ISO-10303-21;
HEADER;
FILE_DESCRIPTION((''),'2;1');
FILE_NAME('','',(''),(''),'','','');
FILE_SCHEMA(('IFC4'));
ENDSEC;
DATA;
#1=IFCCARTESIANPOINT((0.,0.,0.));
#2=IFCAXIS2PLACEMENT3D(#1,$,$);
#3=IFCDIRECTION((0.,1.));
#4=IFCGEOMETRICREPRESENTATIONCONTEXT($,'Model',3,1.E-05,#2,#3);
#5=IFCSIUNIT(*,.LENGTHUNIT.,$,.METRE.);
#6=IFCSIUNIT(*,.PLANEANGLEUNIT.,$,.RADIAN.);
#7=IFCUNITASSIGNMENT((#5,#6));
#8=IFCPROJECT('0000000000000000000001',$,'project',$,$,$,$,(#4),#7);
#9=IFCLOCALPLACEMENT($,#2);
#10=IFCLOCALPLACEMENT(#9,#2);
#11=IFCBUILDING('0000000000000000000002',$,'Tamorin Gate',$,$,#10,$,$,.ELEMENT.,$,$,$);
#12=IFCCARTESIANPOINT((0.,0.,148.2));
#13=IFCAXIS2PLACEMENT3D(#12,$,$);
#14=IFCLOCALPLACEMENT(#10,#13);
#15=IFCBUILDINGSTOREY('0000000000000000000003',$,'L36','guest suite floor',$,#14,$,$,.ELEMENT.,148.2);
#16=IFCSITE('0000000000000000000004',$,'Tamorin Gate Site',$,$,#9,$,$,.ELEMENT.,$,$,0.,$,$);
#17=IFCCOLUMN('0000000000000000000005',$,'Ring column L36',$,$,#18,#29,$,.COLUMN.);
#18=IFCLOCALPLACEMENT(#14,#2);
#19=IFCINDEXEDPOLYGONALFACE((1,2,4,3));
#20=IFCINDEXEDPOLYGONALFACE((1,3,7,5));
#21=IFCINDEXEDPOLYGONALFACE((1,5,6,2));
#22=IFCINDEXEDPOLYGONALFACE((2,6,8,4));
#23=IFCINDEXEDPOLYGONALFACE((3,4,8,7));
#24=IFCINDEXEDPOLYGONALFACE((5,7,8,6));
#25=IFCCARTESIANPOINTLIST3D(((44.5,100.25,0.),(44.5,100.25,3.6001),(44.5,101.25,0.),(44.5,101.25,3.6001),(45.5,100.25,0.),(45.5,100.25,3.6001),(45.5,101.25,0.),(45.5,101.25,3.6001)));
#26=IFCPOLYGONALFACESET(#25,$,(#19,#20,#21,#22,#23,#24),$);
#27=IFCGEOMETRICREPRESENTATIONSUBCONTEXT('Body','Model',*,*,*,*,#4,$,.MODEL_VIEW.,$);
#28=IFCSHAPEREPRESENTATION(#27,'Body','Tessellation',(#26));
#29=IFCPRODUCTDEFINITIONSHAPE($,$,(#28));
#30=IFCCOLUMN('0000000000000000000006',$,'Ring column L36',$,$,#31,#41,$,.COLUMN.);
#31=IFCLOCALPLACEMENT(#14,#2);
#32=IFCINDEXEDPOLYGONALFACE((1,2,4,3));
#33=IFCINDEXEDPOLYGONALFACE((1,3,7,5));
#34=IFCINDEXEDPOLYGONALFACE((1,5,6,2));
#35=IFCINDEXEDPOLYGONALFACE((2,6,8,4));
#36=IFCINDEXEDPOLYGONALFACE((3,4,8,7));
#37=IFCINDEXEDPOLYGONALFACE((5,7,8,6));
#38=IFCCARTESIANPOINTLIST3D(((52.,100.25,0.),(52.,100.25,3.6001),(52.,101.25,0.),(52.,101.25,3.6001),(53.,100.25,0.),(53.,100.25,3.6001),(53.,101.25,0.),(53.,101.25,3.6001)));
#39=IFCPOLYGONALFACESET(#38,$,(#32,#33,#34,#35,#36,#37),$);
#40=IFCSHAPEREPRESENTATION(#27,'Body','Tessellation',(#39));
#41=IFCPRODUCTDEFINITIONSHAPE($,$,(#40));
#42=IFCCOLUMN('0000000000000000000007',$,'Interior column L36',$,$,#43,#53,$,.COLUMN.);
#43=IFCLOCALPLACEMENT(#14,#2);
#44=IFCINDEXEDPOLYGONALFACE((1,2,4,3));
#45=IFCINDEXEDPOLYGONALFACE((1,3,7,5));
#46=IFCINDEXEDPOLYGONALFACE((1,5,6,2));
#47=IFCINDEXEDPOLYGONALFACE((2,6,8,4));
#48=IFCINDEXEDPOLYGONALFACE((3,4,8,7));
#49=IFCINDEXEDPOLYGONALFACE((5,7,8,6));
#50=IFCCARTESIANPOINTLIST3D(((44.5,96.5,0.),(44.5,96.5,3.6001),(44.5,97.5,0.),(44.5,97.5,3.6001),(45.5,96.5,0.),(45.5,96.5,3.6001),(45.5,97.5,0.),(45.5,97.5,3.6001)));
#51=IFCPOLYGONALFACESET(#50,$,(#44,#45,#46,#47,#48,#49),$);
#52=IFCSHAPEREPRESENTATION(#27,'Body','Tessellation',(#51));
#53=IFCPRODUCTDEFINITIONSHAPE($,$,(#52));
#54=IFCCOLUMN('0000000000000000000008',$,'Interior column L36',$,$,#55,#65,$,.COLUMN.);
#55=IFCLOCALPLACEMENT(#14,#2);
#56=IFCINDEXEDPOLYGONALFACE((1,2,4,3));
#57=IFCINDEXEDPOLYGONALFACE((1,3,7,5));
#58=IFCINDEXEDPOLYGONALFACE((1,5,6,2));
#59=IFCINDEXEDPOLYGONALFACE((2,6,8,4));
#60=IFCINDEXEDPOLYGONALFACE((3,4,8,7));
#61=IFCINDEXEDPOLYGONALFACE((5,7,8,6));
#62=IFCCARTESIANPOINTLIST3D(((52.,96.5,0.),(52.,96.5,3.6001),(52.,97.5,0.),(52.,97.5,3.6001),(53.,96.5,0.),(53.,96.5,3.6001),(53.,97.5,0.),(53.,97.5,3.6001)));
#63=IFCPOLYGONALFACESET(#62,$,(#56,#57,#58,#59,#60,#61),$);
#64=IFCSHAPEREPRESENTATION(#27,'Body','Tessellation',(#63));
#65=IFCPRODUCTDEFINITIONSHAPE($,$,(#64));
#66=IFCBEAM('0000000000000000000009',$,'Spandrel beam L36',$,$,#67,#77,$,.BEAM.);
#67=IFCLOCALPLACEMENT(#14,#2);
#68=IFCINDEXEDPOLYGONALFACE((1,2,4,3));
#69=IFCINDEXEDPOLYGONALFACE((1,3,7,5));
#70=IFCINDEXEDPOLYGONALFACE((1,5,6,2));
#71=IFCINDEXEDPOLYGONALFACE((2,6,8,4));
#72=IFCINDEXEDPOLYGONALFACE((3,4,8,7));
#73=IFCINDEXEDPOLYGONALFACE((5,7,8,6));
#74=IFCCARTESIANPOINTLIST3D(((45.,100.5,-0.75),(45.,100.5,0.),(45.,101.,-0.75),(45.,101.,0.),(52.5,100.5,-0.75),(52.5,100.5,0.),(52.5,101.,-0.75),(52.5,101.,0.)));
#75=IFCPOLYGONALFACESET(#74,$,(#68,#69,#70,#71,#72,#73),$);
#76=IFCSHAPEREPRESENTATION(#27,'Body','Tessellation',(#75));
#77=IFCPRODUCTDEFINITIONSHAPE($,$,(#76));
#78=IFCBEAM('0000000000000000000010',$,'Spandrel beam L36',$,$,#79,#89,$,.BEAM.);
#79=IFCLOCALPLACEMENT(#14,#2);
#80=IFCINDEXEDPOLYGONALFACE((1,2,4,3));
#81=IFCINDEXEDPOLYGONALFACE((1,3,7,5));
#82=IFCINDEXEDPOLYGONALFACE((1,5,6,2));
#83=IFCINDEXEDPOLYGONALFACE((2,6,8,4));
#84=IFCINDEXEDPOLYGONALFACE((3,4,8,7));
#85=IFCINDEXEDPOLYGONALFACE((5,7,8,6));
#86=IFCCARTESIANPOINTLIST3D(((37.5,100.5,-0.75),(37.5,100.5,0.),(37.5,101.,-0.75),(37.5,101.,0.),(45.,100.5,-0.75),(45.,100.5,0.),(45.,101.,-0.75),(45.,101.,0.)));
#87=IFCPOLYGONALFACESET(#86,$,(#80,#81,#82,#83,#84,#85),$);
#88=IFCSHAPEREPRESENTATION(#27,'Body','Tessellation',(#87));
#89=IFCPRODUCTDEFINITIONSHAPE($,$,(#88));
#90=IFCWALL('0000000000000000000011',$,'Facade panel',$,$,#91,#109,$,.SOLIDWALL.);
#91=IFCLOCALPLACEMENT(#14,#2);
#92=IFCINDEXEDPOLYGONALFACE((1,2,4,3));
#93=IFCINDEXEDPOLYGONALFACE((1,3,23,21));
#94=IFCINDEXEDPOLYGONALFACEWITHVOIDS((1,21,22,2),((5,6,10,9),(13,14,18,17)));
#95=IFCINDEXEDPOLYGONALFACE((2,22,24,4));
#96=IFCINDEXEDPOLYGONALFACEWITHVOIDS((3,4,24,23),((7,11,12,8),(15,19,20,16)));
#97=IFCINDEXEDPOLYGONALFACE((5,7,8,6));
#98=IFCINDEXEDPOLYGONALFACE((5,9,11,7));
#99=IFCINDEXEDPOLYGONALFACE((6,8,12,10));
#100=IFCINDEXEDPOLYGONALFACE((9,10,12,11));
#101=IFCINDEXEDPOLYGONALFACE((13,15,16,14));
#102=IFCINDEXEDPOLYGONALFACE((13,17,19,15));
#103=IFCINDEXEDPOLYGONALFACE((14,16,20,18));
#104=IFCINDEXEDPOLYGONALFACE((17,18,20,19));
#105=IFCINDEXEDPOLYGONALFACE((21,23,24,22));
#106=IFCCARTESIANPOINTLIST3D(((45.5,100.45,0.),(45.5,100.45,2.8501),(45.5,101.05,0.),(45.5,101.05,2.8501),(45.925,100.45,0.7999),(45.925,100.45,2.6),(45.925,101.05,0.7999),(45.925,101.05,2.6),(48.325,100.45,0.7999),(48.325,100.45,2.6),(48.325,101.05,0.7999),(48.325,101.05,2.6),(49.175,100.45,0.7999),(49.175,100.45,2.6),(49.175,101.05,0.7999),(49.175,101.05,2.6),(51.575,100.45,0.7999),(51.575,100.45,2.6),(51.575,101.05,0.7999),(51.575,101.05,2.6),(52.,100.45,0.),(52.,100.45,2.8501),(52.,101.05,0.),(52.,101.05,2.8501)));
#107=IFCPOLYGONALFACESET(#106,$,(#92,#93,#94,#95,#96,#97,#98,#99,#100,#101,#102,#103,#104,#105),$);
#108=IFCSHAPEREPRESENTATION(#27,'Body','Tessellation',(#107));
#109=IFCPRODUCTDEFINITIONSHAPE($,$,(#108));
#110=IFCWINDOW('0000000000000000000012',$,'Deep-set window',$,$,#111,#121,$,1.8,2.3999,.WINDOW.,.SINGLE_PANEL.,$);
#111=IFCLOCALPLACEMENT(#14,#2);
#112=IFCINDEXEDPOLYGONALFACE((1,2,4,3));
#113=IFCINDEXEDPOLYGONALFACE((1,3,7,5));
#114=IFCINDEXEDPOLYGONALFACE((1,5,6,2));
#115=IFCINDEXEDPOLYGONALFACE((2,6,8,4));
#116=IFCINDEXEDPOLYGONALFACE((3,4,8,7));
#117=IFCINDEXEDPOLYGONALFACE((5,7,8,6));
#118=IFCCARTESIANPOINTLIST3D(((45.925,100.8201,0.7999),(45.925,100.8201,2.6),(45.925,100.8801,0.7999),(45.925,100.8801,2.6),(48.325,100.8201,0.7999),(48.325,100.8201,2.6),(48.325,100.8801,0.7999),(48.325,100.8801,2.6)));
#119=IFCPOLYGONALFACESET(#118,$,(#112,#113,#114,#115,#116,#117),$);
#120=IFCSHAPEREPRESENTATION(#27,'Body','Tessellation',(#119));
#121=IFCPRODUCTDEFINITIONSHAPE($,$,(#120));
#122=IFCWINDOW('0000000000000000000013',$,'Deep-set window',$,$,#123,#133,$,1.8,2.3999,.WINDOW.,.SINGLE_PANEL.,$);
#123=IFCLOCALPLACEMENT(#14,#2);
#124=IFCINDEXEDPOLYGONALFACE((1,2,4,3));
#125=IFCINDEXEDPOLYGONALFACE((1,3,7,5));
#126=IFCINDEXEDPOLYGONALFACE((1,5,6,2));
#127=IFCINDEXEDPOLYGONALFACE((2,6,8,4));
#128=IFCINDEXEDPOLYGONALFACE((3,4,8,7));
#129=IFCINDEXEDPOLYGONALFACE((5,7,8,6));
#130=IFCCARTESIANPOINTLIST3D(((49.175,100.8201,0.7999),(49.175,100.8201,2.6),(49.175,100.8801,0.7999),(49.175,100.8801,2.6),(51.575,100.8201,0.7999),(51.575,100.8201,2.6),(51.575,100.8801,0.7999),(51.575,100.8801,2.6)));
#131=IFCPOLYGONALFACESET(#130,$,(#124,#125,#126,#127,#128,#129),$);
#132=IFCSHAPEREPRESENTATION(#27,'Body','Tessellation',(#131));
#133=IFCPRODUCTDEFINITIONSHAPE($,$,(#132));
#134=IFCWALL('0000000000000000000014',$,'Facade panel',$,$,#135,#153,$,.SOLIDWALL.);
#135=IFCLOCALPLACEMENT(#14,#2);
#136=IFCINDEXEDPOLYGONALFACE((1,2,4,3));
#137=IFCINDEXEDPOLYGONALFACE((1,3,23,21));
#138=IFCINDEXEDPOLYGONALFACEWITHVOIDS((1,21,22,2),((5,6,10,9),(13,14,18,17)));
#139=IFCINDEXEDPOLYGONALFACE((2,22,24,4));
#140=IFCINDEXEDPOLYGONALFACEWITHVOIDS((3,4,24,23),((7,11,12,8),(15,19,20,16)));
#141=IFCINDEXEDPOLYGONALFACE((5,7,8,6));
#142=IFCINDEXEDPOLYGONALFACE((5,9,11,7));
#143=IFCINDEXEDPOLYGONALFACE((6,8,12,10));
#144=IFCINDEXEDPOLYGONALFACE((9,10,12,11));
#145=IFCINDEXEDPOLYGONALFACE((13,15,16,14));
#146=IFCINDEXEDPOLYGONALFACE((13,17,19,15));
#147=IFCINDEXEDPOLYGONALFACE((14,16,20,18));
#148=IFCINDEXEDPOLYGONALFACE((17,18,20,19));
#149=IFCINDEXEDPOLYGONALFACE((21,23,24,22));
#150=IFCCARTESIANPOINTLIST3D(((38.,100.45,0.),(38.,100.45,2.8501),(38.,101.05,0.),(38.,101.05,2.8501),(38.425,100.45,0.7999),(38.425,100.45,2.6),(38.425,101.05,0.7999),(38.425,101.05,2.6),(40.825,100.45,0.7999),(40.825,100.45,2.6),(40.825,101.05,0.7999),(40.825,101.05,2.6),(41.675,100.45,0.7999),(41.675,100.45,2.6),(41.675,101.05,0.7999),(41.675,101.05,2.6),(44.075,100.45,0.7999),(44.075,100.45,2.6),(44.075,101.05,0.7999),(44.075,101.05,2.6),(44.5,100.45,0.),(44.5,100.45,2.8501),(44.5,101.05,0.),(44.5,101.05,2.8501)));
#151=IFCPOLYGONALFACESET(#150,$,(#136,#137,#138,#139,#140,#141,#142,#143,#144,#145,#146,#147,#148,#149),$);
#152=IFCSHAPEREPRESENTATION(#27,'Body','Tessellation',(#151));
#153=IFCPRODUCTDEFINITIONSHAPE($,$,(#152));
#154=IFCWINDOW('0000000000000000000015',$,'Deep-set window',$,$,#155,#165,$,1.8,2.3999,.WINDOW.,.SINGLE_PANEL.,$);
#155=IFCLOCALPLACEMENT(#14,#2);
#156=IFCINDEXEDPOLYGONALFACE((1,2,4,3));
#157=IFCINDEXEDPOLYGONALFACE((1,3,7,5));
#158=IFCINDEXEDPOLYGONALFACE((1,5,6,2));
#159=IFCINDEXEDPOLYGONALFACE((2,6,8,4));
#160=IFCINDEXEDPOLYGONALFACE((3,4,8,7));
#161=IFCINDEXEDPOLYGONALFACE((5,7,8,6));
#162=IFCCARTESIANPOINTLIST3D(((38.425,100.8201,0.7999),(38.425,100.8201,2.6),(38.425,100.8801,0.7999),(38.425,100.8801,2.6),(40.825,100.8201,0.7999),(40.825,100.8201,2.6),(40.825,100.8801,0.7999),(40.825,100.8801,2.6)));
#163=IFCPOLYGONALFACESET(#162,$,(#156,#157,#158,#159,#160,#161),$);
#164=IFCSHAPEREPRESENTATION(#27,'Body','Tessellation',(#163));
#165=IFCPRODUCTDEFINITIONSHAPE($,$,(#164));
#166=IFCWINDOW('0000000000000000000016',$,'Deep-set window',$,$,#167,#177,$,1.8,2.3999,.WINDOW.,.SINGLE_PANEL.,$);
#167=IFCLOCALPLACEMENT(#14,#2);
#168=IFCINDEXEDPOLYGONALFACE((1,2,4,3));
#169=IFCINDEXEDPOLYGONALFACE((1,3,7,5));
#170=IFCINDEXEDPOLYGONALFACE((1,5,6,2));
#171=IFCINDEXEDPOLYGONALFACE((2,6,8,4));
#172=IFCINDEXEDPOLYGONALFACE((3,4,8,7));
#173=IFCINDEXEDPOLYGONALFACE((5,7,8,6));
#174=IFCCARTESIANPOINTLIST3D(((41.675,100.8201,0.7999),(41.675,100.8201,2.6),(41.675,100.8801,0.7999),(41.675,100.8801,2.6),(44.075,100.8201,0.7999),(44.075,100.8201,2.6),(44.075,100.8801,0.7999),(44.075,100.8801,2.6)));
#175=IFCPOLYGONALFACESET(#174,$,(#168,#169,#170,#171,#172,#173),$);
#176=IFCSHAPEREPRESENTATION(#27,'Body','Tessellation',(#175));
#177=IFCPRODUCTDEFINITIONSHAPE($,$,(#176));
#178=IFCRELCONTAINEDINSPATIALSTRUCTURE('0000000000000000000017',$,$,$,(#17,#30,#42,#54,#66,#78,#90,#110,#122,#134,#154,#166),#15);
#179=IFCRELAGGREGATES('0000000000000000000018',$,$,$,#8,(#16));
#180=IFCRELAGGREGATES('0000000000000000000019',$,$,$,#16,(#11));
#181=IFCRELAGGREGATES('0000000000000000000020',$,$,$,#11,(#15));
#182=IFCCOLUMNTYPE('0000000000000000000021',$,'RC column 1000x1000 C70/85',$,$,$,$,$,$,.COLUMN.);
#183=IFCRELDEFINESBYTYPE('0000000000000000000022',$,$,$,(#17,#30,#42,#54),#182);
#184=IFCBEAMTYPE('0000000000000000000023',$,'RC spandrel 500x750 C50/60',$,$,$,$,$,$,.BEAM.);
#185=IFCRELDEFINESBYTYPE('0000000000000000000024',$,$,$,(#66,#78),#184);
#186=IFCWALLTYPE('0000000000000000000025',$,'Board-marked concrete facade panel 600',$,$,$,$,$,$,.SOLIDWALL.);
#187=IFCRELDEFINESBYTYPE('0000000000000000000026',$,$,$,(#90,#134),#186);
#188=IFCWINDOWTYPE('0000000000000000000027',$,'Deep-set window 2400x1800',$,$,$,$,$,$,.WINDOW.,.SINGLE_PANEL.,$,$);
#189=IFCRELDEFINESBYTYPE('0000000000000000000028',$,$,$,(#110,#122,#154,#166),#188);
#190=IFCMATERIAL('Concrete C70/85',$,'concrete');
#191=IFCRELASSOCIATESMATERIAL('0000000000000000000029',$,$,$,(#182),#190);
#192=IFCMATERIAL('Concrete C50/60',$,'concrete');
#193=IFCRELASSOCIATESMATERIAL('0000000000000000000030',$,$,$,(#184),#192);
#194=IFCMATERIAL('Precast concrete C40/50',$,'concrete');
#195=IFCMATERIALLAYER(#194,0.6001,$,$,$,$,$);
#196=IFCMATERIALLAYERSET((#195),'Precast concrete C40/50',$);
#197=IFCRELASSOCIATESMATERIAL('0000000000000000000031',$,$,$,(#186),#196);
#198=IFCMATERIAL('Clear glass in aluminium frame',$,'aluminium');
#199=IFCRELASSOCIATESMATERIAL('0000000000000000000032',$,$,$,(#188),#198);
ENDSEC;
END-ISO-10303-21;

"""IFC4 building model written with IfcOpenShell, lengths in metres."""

from ifc_helpers import new_model, si_unit, direction, frame, frame_2d, origin, origin_2d, place, context, subcontext, project, spatial, rectangle, extrude, material, layer, layer_set, material_profile, profile_set, type_object, element, fill, save


model = new_model("IFC4")

# Units and contexts
model_context = context("Model", 3, precision=1e-05, world=origin(), true_north=direction((0.0, 1.0)))
body_context = subcontext(model_context, "Body", "Model", "MODEL_VIEW")
ifc_project = project(units=[si_unit("LENGTHUNIT", "METRE"), si_unit("PLANEANGLEUNIT", "RADIAN")], contexts=[model_context])

# Site, building, storey
site_placement = place(None, origin())
site = spatial("IfcSite", under=ifc_project, at=site_placement, Name="Tamorin Gate Site", CompositionType="ELEMENT", RefElevation=0.0)
building_placement = place(site_placement, origin())
building = spatial("IfcBuilding", under=site, at=building_placement, Name="Tamorin Gate", CompositionType="ELEMENT")
storey_placement = place(building_placement, frame((0.0, 0.0, 148.2)))
storey = spatial("IfcBuildingStorey", under=building, at=storey_placement, Name="L36", Description="guest suite floor", CompositionType="ELEMENT", Elevation=148.2)

# Columns
ifc_material_1 = material(Name="Concrete C70/85", Category="concrete")
ifc_material_profile_1 = material_profile(ifc_material_1, rectangle(XDim=1.0, YDim=1.0, at=origin_2d()), Name="RC 1000x1000")
ifc_profile_set_1 = profile_set([ifc_material_profile_1], Name="Concrete C70/85")
column_type = type_object("IfcColumnType", Name="RC column 1000x1000 C70/85", PredefinedType="COLUMN", material=ifc_profile_set_1)
for number, where, z_axis, x_axis, name in (
    (1, (45.0, 100.75, 0.0), (0.0, 0.0, 1.0), (1.0, 0.0, 0.0), "Ring column L36"),
    (2, (52.5, 100.75, 0.0), (0.0, 0.0, 1.0), (1.0, 0.0, 0.0), "Ring column L36"),
    (3, (45.0, 97.0, 0.0), (0.0, 0.0, 1.0), (1.0, 0.0, 0.0), "Interior column L36"),
    (4, (52.5, 97.0, 0.0), (0.0, 0.0, 1.0), (1.0, 0.0, 0.0), "Interior column L36"),
):
    element("IfcColumn", number, at=place(storey_placement, frame(where, z_axis=z_axis, x_axis=x_axis)), inside=storey, type_object=column_type, Name=name, PredefinedType="COLUMN", context=body_context, shape_type="SweptSolid", body=[
        extrude(rectangle(XDim=1.0, YDim=1.0, at=origin_2d()), origin(), (0.0, 0.0, 1.0), 3.6001),
    ])

# Beams
ifc_material_2 = material(Name="Concrete C50/60", Category="concrete")
ifc_material_profile_2 = material_profile(ifc_material_2, rectangle(XDim=0.5, YDim=0.75, at=origin_2d()), Name="RC 500x750")
ifc_profile_set_2 = profile_set([ifc_material_profile_2], Name="Concrete C50/60")
beam_type = type_object("IfcBeamType", Name="RC spandrel 500x750 C50/60", PredefinedType="BEAM", material=ifc_profile_set_2)
for number, where, z_axis, x_axis, name in (
    (5, (52.5, 100.75, -0.375), (-1.0, 0.0, 0.0), (0.0, -1.0, 0.0), "Spandrel beam L36"),
    (6, (45.0, 100.75, -0.375), (-1.0, 0.0, 0.0), (0.0, -1.0, 0.0), "Spandrel beam L36"),
):
    element("IfcBeam", number, at=place(storey_placement, frame(where, z_axis=z_axis, x_axis=x_axis)), inside=storey, type_object=beam_type, Name=name, PredefinedType="BEAM", context=body_context, shape_type="SweptSolid", body=[
        extrude(rectangle(XDim=0.5, YDim=0.75, at=origin_2d()), origin(), (0.0, 0.0, 1.0), 7.5),
    ])

# Walls, openings, windows
ifc_material_3 = material(Name="Precast concrete C40/50", Category="concrete")
ifc_layer_1 = layer(ifc_material_3, 0.6001)
ifc_layer_set_1 = layer_set([ifc_layer_1], Name="Precast concrete C40/50")
wall_type_1 = type_object("IfcWallType", Name="Board-marked concrete facade panel 600", PredefinedType="SOLIDWALL", material=ifc_layer_set_1)
wall_1_placement = place(storey_placement, frame((52.0, 100.75, 0.0), z_axis=(0.0, 0.0, 1.0), x_axis=(-1.0, 0.0, 0.0)))
wall_1 = element("IfcWall", 7, at=wall_1_placement, inside=storey, type_object=wall_type_1, Name="Facade panel", PredefinedType="SOLIDWALL", context=body_context, shape_type="SweptSolid", body=[
    extrude(rectangle(XDim=6.5, YDim=0.6001, at=frame_2d((3.25, 0.0))), origin(), (0.0, 0.0, 1.0), 2.8501),
])
opening_1_placement = place(wall_1_placement, frame((3.675, 0.0, 0.8)))
opening_1 = element("IfcOpeningElement", 8, at=opening_1_placement, cuts=wall_1, PredefinedType="OPENING", context=body_context, shape_type="SweptSolid", body=[
    extrude(rectangle(XDim=2.3999, YDim=1.8, at=frame_2d((1.2, 0.8999))), frame((0.0, 0.3101, 0.0), z_axis=(0.0, -1.0, 0.0), x_axis=(1.0, 0.0, 0.0)), (0.0, 0.0, 1.0), 0.6201),
])
opening_2_placement = place(wall_1_placement, frame((0.425, 0.0, 0.8)))
opening_2 = element("IfcOpeningElement", 9, at=opening_2_placement, cuts=wall_1, PredefinedType="OPENING", context=body_context, shape_type="SweptSolid", body=[
    extrude(rectangle(XDim=2.3999, YDim=1.8, at=frame_2d((1.2, 0.8999))), frame((0.0, 0.3101, 0.0), z_axis=(0.0, -1.0, 0.0), x_axis=(1.0, 0.0, 0.0)), (0.0, 0.0, 1.0), 0.6201),
])
ifc_material_4 = material(Name="Clear glass in aluminium frame", Category="aluminium")
window_type = type_object("IfcWindowType", Name="Deep-set window 2400x1800", PartitioningType="SINGLE_PANEL", PredefinedType="WINDOW", material=ifc_material_4)
window_1_placement = place(opening_1_placement, origin())
window_1 = element("IfcWindow", 10, at=window_1_placement, inside=storey, type_object=window_type, Name="Deep-set window", OverallHeight=1.8, OverallWidth=2.3999, PartitioningType="SINGLE_PANEL", PredefinedType="WINDOW", context=body_context, shape_type="SweptSolid", body=[
    extrude(rectangle(XDim=2.3999, YDim=1.8, at=frame_2d((1.2, 0.8999))), frame((0.0, -0.0701, 0.0), z_axis=(0.0, -1.0, 0.0), x_axis=(1.0, 0.0, 0.0)), (0.0, 0.0, 1.0), 0.0601),
])
fill(opening_1, window_1)
window_2_placement = place(opening_2_placement, origin())
window_2 = element("IfcWindow", 11, at=window_2_placement, inside=storey, type_object=window_type, Name="Deep-set window", OverallHeight=1.8, OverallWidth=2.3999, PartitioningType="SINGLE_PANEL", PredefinedType="WINDOW", context=body_context, shape_type="SweptSolid", body=[
    extrude(rectangle(XDim=2.3999, YDim=1.8, at=frame_2d((1.2, 0.8999))), frame((0.0, -0.0701, 0.0), z_axis=(0.0, -1.0, 0.0), x_axis=(1.0, 0.0, 0.0)), (0.0, 0.0, 1.0), 0.0601),
])
fill(opening_2, window_2)
wall_2_placement = place(storey_placement, frame((44.5, 100.75, 0.0), z_axis=(0.0, 0.0, 1.0), x_axis=(-1.0, 0.0, 0.0)))
wall_2 = element("IfcWall", 12, at=wall_2_placement, inside=storey, type_object=wall_type_1, Name="Facade panel", PredefinedType="SOLIDWALL", context=body_context, shape_type="SweptSolid", body=[
    extrude(rectangle(XDim=6.5, YDim=0.6001, at=frame_2d((3.25, 0.0))), origin(), (0.0, 0.0, 1.0), 2.8501),
])
opening_3_placement = place(wall_2_placement, frame((3.675, 0.0, 0.8)))
opening_3 = element("IfcOpeningElement", 13, at=opening_3_placement, cuts=wall_2, PredefinedType="OPENING", context=body_context, shape_type="SweptSolid", body=[
    extrude(rectangle(XDim=2.3999, YDim=1.8, at=frame_2d((1.2, 0.8999))), frame((0.0, 0.3101, 0.0), z_axis=(0.0, -1.0, 0.0), x_axis=(1.0, 0.0, 0.0)), (0.0, 0.0, 1.0), 0.6201),
])
opening_4_placement = place(wall_2_placement, frame((0.425, 0.0, 0.8)))
opening_4 = element("IfcOpeningElement", 14, at=opening_4_placement, cuts=wall_2, PredefinedType="OPENING", context=body_context, shape_type="SweptSolid", body=[
    extrude(rectangle(XDim=2.3999, YDim=1.8, at=frame_2d((1.2, 0.8999))), frame((0.0, 0.3101, 0.0), z_axis=(0.0, -1.0, 0.0), x_axis=(1.0, 0.0, 0.0)), (0.0, 0.0, 1.0), 0.6201),
])
window_3_placement = place(opening_3_placement, origin())
window_3 = element("IfcWindow", 15, at=window_3_placement, inside=storey, type_object=window_type, Name="Deep-set window", OverallHeight=1.8, OverallWidth=2.3999, PartitioningType="SINGLE_PANEL", PredefinedType="WINDOW", context=body_context, shape_type="SweptSolid", body=[
    extrude(rectangle(XDim=2.3999, YDim=1.8, at=frame_2d((1.2, 0.8999))), frame((0.0, -0.0701, 0.0), z_axis=(0.0, -1.0, 0.0), x_axis=(1.0, 0.0, 0.0)), (0.0, 0.0, 1.0), 0.0601),
])
fill(opening_3, window_3)
window_4_placement = place(opening_4_placement, origin())
window_4 = element("IfcWindow", 16, at=window_4_placement, inside=storey, type_object=window_type, Name="Deep-set window", OverallHeight=1.8, OverallWidth=2.3999, PartitioningType="SINGLE_PANEL", PredefinedType="WINDOW", context=body_context, shape_type="SweptSolid", body=[
    extrude(rectangle(XDim=2.3999, YDim=1.8, at=frame_2d((1.2, 0.8999))), frame((0.0, -0.0701, 0.0), z_axis=(0.0, -1.0, 0.0), x_axis=(1.0, 0.0, 0.0)), (0.0, 0.0, 1.0), 0.0601),
])
fill(opening_4, window_4)

save(model, "model.ifc")
